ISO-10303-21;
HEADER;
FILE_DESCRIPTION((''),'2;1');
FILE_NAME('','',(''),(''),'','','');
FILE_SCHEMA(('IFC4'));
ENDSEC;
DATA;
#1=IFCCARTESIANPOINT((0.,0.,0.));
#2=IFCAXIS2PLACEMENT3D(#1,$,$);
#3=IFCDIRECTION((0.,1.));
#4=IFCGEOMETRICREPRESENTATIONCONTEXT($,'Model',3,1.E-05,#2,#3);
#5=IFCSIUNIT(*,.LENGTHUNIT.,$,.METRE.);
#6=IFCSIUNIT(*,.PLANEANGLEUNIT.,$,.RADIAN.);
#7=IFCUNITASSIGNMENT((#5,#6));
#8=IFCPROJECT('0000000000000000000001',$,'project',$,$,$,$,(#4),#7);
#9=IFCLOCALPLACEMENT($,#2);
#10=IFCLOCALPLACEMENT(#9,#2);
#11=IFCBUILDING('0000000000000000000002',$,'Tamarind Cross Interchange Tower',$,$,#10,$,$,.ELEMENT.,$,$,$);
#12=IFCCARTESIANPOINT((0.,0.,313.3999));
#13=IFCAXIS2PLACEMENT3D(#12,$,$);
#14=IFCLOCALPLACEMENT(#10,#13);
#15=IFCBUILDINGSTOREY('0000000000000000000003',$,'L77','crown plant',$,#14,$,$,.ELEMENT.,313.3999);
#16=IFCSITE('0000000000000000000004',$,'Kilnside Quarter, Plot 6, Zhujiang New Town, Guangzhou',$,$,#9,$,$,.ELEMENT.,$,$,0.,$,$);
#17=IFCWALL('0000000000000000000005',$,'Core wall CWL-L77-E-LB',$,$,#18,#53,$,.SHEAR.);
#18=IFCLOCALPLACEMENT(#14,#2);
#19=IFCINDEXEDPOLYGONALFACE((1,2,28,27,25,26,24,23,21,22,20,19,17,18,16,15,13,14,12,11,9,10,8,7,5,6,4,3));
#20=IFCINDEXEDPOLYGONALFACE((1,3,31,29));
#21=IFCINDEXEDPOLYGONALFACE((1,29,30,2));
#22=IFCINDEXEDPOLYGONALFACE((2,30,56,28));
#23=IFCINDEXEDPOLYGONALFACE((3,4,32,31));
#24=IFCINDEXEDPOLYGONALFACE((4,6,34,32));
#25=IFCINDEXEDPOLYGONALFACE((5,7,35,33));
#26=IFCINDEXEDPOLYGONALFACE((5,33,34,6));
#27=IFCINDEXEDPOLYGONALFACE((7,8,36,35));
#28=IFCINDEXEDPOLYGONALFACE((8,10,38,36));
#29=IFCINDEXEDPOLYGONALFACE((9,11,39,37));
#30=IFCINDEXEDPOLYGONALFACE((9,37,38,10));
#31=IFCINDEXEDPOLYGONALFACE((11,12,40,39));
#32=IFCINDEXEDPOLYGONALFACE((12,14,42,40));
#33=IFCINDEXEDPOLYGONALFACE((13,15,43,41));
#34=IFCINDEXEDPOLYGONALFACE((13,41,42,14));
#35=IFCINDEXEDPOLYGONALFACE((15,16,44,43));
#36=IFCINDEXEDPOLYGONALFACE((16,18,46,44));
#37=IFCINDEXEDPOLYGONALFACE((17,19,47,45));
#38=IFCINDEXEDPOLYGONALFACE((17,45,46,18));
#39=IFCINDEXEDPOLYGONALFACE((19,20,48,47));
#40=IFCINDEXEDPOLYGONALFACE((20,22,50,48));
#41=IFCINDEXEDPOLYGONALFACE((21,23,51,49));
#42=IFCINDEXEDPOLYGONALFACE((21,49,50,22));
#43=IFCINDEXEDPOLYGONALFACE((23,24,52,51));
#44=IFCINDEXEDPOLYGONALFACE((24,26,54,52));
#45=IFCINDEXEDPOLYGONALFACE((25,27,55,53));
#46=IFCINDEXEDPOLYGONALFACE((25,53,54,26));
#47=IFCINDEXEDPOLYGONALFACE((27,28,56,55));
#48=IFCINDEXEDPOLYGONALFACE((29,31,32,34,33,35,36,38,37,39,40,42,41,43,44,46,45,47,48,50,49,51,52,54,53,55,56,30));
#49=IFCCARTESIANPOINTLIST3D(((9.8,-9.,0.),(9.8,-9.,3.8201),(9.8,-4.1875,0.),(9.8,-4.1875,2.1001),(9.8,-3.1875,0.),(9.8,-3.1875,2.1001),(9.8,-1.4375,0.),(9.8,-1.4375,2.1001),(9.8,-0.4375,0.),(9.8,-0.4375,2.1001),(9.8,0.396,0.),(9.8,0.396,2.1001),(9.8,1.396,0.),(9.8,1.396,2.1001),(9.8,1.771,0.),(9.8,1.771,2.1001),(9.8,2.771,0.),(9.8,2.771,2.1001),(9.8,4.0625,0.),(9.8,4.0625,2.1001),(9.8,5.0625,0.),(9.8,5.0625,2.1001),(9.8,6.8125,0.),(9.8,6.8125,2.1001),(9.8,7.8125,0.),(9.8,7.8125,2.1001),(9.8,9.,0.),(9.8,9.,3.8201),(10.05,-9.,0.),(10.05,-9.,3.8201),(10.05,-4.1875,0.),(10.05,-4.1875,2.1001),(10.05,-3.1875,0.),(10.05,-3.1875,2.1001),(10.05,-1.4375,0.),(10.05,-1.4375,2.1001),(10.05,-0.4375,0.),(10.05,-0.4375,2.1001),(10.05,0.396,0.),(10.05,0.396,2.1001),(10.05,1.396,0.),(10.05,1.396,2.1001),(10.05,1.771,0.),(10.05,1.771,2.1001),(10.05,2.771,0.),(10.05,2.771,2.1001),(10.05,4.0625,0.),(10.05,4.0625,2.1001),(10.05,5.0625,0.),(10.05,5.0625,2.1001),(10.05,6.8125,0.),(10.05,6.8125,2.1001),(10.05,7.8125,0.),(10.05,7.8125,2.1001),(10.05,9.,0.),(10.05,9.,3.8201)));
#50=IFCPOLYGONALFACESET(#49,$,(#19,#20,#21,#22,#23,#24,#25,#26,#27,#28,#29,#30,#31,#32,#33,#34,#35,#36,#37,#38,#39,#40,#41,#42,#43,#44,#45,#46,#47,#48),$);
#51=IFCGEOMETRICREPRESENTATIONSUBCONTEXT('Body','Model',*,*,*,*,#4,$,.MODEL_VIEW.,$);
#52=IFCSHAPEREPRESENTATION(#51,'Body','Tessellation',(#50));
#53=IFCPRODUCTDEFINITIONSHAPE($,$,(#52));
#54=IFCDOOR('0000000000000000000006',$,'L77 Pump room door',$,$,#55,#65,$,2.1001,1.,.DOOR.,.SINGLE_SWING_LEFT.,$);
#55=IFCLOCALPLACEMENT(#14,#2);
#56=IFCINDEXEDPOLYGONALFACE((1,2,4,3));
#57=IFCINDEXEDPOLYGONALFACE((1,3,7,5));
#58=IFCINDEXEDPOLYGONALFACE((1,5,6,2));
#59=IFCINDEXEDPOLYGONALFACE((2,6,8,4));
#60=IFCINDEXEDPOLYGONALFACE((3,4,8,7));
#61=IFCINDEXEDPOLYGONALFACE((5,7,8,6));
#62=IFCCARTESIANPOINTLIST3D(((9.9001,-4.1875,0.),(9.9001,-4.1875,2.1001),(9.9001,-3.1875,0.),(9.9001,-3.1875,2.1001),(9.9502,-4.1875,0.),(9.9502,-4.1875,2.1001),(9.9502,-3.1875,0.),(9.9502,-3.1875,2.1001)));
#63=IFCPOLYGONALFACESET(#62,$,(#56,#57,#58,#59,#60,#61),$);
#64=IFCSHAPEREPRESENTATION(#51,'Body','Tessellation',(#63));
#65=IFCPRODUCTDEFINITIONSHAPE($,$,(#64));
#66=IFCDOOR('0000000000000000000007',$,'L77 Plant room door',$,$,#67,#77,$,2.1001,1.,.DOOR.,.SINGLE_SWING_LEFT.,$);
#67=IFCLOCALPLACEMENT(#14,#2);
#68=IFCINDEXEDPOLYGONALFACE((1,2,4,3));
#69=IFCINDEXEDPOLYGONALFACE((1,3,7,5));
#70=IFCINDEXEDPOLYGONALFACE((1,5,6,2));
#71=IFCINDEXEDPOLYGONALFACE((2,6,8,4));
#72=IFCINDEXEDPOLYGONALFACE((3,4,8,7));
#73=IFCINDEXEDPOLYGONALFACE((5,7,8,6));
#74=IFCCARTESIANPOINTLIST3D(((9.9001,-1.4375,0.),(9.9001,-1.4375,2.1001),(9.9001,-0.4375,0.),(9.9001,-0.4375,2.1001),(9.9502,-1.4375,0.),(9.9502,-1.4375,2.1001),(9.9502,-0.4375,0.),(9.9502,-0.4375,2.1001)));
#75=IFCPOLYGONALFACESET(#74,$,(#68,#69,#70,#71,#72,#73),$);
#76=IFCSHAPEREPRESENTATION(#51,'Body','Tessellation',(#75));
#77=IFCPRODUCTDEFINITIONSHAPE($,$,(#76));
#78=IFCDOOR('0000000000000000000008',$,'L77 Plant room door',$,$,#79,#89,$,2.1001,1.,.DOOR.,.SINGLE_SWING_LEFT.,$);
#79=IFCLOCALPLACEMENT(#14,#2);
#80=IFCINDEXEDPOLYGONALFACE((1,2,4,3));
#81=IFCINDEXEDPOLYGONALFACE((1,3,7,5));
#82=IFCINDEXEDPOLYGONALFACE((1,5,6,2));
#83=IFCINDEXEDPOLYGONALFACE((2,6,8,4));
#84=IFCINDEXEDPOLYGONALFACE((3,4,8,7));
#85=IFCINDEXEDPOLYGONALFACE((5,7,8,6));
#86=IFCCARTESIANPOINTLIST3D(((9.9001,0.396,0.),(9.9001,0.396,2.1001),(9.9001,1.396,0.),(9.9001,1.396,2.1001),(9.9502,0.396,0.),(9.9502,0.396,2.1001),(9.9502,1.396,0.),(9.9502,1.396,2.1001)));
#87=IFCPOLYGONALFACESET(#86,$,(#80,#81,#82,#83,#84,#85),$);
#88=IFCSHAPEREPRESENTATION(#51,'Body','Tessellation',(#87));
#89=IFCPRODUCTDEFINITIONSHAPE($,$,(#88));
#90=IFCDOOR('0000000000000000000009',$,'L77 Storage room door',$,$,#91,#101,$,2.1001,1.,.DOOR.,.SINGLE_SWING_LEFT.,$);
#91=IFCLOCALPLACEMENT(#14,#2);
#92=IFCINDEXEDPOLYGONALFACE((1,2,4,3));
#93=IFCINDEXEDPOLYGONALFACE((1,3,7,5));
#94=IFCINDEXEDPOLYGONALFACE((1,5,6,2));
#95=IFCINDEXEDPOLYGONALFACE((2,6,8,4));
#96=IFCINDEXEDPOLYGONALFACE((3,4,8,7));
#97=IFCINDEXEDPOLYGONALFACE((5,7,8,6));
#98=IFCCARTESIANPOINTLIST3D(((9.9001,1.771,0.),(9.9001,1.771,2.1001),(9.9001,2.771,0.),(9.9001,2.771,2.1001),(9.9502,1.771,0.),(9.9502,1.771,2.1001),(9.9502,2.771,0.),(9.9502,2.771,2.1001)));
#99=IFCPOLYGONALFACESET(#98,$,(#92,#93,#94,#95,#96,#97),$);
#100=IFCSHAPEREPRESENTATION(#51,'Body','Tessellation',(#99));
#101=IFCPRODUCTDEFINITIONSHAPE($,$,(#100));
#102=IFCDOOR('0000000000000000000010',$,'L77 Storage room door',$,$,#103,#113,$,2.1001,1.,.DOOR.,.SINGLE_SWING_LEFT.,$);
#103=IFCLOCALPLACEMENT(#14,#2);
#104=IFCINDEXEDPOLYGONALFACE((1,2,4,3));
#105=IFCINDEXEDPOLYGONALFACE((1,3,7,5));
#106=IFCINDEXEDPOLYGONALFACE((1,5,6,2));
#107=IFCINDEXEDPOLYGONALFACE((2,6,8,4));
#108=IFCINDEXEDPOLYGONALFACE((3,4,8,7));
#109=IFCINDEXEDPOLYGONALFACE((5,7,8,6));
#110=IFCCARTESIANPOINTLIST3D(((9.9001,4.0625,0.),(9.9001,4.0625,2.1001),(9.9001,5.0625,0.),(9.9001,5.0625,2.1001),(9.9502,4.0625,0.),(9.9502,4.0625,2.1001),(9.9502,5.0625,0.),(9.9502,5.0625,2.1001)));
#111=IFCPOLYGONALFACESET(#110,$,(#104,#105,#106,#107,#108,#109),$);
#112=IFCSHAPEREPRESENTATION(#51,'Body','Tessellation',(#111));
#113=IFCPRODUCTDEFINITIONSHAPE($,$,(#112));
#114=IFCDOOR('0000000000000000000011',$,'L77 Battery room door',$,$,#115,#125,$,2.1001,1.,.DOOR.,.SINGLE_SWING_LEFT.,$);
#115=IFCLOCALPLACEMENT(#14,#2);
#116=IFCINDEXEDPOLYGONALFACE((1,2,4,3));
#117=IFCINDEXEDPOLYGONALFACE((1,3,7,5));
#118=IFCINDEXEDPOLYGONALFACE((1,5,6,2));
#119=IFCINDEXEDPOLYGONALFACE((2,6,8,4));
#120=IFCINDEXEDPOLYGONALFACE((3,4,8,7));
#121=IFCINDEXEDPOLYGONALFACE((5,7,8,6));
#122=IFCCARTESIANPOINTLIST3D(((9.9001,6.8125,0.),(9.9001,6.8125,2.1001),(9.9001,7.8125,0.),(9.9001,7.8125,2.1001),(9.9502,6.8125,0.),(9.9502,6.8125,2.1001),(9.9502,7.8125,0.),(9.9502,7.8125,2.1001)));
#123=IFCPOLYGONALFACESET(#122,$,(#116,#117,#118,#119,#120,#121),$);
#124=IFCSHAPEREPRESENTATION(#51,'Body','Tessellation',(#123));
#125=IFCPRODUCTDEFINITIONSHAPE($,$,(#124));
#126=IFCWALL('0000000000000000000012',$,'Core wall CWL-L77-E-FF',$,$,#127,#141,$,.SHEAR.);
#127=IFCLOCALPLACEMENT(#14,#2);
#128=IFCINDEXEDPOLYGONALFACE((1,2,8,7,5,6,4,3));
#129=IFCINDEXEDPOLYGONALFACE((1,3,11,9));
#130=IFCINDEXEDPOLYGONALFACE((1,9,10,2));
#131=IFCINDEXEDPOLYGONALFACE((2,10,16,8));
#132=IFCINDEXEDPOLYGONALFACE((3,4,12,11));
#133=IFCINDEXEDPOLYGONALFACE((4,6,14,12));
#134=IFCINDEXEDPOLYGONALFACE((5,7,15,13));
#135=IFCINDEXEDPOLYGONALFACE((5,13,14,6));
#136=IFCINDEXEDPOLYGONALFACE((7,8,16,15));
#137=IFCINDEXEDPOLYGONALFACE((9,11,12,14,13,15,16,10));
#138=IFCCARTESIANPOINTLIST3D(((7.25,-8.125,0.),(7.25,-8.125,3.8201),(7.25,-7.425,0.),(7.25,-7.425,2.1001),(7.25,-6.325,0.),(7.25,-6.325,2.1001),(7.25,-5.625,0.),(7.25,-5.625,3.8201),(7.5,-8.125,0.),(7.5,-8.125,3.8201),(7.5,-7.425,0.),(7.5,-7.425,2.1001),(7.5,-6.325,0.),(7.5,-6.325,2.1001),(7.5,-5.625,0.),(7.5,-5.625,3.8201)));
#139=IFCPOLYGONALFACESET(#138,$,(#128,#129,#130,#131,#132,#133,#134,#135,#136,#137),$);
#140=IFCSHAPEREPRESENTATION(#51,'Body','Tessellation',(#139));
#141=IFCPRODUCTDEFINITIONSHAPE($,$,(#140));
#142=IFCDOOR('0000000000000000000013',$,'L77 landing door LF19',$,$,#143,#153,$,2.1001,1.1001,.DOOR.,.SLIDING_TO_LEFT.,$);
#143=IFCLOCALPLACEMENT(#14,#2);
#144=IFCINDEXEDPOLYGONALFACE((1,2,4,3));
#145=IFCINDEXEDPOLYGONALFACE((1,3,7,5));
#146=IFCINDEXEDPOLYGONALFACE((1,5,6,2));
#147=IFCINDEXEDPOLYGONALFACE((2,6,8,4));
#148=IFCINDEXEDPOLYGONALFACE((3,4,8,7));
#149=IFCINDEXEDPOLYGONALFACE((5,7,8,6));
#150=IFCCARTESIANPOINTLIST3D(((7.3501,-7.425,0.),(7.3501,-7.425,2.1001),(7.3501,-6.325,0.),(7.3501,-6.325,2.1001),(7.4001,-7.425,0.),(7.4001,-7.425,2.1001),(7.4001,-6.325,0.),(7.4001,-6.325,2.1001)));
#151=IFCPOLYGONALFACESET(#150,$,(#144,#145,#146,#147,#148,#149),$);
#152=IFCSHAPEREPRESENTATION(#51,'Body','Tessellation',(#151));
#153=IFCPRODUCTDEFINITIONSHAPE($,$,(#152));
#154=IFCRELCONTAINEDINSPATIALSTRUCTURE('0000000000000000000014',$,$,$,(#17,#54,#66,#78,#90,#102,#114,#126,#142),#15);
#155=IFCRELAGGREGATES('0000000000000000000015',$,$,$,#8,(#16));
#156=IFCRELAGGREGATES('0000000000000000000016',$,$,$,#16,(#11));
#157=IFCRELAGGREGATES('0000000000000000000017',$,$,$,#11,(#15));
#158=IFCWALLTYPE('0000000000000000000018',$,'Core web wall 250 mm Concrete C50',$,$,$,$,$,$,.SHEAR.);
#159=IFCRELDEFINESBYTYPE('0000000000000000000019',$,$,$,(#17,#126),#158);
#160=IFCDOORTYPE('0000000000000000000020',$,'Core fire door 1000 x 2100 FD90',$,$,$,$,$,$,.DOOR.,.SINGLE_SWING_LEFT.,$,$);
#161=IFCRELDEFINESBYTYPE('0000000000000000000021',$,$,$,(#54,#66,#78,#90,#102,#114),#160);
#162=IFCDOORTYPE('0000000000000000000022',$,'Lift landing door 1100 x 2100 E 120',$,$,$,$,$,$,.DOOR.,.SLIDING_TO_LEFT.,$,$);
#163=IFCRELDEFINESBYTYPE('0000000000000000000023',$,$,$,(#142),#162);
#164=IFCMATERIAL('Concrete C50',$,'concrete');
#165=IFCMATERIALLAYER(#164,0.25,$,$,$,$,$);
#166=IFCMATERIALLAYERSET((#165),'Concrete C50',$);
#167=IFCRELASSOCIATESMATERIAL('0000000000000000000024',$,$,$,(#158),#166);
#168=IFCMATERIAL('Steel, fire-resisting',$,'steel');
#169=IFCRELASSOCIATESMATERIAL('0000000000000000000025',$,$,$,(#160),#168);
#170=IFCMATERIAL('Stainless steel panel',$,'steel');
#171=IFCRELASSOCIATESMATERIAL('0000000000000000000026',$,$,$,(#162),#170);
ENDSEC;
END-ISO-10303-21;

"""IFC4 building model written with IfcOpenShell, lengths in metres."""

from ifc_helpers import new_model, si_unit, direction, frame, frame_2d, origin, place, context, subcontext, project, spatial, rectangle, extrude, material, layer, layer_set, type_object, element, fill, save


model = new_model("IFC4")

# Units and contexts
model_context = context("Model", 3, precision=1e-05, world=origin(), true_north=direction((0.0, 1.0)))
body_context = subcontext(model_context, "Body", "Model", "MODEL_VIEW")
ifc_project = project(units=[si_unit("LENGTHUNIT", "METRE"), si_unit("PLANEANGLEUNIT", "RADIAN")], contexts=[model_context])

# Site, building, storey
site_placement = place(None, origin())
site = spatial("IfcSite", under=ifc_project, at=site_placement, Name="Kilnside Quarter, Plot 6, Zhujiang New Town, Guangzhou", CompositionType="ELEMENT", RefElevation=0.0)
building_placement = place(site_placement, origin())
building = spatial("IfcBuilding", under=site, at=building_placement, Name="Tamarind Cross Interchange Tower", CompositionType="ELEMENT")
storey_placement = place(building_placement, frame((0.0, 0.0, 313.3999)))
storey = spatial("IfcBuildingStorey", under=building, at=storey_placement, Name="L77", Description="crown plant", CompositionType="ELEMENT", Elevation=313.3999)

# Wall, openings, doors
ifc_material_1 = material(Name="Concrete C50", Category="concrete")
ifc_layer_1 = layer(ifc_material_1, 0.25)
ifc_layer_set_1 = layer_set([ifc_layer_1], Name="Concrete C50")
wall_type_1 = type_object("IfcWallType", Name="Core web wall 250 mm Concrete C50", PredefinedType="SHEAR", material=ifc_layer_set_1)
ifc_material_2 = material(Name="Steel, fire-resisting", Category="steel")
door_type_1 = type_object("IfcDoorType", Name="Core fire door 1000 x 2100 FD90", OperationType="SINGLE_SWING_LEFT", PredefinedType="DOOR", material=ifc_material_2)
ifc_material_3 = material(Name="Stainless steel panel", Category="steel")
wall_1_placement = place(storey_placement, frame((9.925, -9.0, 0.0), z_axis=(0.0, 0.0, 1.0), x_axis=(0.0, 1.0, 0.0)))
wall_1 = element("IfcWall", 1, at=wall_1_placement, inside=storey, type_object=wall_type_1, Name="Core wall CWL-L77-E-LB", PredefinedType="SHEAR", context=body_context, shape_type="SweptSolid", body=[
    extrude(rectangle(XDim=18.0, YDim=0.25, at=frame_2d((9.0, 0.0))), origin(), (0.0, 0.0, 1.0), 3.8201),
])
opening_1_placement = place(wall_1_placement, frame((4.8125, 0.0, 0.0)))
opening_1 = element("IfcOpeningElement", 2, at=opening_1_placement, cuts=wall_1, PredefinedType="OPENING", context=body_context, shape_type="SweptSolid", body=[
    extrude(rectangle(XDim=1.0, YDim=2.1001, at=frame_2d((0.5, 1.05))), frame((0.0, 0.135, 0.0), z_axis=(0.0, -1.0, 0.0), x_axis=(1.0, 0.0, 0.0)), (0.0, 0.0, 1.0), 0.27),
])
opening_2_placement = place(wall_1_placement, frame((7.5625, 0.0, 0.0)))
opening_2 = element("IfcOpeningElement", 3, at=opening_2_placement, cuts=wall_1, PredefinedType="OPENING", context=body_context, shape_type="SweptSolid", body=[
    extrude(rectangle(XDim=1.0, YDim=2.1001, at=frame_2d((0.5, 1.05))), frame((0.0, 0.135, 0.0), z_axis=(0.0, -1.0, 0.0), x_axis=(1.0, 0.0, 0.0)), (0.0, 0.0, 1.0), 0.27),
])
opening_3_placement = place(wall_1_placement, frame((9.396, 0.0, 0.0)))
opening_3 = element("IfcOpeningElement", 4, at=opening_3_placement, cuts=wall_1, PredefinedType="OPENING", context=body_context, shape_type="SweptSolid", body=[
    extrude(rectangle(XDim=1.0, YDim=2.1001, at=frame_2d((0.5, 1.05))), frame((0.0, 0.135, 0.0), z_axis=(0.0, -1.0, 0.0), x_axis=(1.0, 0.0, 0.0)), (0.0, 0.0, 1.0), 0.27),
])
opening_4_placement = place(wall_1_placement, frame((10.771, 0.0, 0.0)))
opening_4 = element("IfcOpeningElement", 5, at=opening_4_placement, cuts=wall_1, PredefinedType="OPENING", context=body_context, shape_type="SweptSolid", body=[
    extrude(rectangle(XDim=1.0, YDim=2.1001, at=frame_2d((0.5, 1.05))), frame((0.0, 0.135, 0.0), z_axis=(0.0, -1.0, 0.0), x_axis=(1.0, 0.0, 0.0)), (0.0, 0.0, 1.0), 0.27),
])
opening_5_placement = place(wall_1_placement, frame((13.0625, 0.0, 0.0)))
opening_5 = element("IfcOpeningElement", 6, at=opening_5_placement, cuts=wall_1, PredefinedType="OPENING", context=body_context, shape_type="SweptSolid", body=[
    extrude(rectangle(XDim=1.0, YDim=2.1001, at=frame_2d((0.5, 1.05))), frame((0.0, 0.135, 0.0), z_axis=(0.0, -1.0, 0.0), x_axis=(1.0, 0.0, 0.0)), (0.0, 0.0, 1.0), 0.27),
])
opening_6_placement = place(wall_1_placement, frame((15.8125, 0.0, 0.0)))
opening_6 = element("IfcOpeningElement", 7, at=opening_6_placement, cuts=wall_1, PredefinedType="OPENING", context=body_context, shape_type="SweptSolid", body=[
    extrude(rectangle(XDim=1.0, YDim=2.1001, at=frame_2d((0.5, 1.05))), frame((0.0, 0.135, 0.0), z_axis=(0.0, -1.0, 0.0), x_axis=(1.0, 0.0, 0.0)), (0.0, 0.0, 1.0), 0.27),
])
door_1_placement = place(opening_1_placement, origin())
door_1 = element("IfcDoor", 8, at=door_1_placement, inside=storey, type_object=door_type_1, Name="L77 Pump room door", OperationType="SINGLE_SWING_LEFT", OverallHeight=2.1001, OverallWidth=1.0, PredefinedType="DOOR", context=body_context, shape_type="SweptSolid", body=[
    extrude(rectangle(XDim=1.0, YDim=2.1001, at=frame_2d((0.5, 1.05))), frame((0.0, 0.0249, 0.0), z_axis=(0.0, -1.0, 0.0), x_axis=(1.0, 0.0, 0.0)), (0.0, 0.0, 1.0), 0.05),
])
fill(opening_1, door_1)
door_2_placement = place(opening_2_placement, origin())
door_2 = element("IfcDoor", 9, at=door_2_placement, inside=storey, type_object=door_type_1, Name="L77 Plant room door", OperationType="SINGLE_SWING_LEFT", OverallHeight=2.1001, OverallWidth=1.0, PredefinedType="DOOR", context=body_context, shape_type="SweptSolid", body=[
    extrude(rectangle(XDim=1.0, YDim=2.1001, at=frame_2d((0.5, 1.05))), frame((0.0, 0.0249, 0.0), z_axis=(0.0, -1.0, 0.0), x_axis=(1.0, 0.0, 0.0)), (0.0, 0.0, 1.0), 0.05),
])
fill(opening_2, door_2)
door_3_placement = place(opening_3_placement, origin())
door_3 = element("IfcDoor", 10, at=door_3_placement, inside=storey, type_object=door_type_1, Name="L77 Plant room door", OperationType="SINGLE_SWING_LEFT", OverallHeight=2.1001, OverallWidth=1.0, PredefinedType="DOOR", context=body_context, shape_type="SweptSolid", body=[
    extrude(rectangle(XDim=1.0, YDim=2.1001, at=frame_2d((0.5, 1.05))), frame((0.0, 0.0249, 0.0), z_axis=(0.0, -1.0, 0.0), x_axis=(1.0, 0.0, 0.0)), (0.0, 0.0, 1.0), 0.05),
])
fill(opening_3, door_3)
door_4_placement = place(opening_4_placement, origin())
door_4 = element("IfcDoor", 11, at=door_4_placement, inside=storey, type_object=door_type_1, Name="L77 Storage room door", OperationType="SINGLE_SWING_LEFT", OverallHeight=2.1001, OverallWidth=1.0, PredefinedType="DOOR", context=body_context, shape_type="SweptSolid", body=[
    extrude(rectangle(XDim=1.0, YDim=2.1001, at=frame_2d((0.5, 1.05))), frame((0.0, 0.0249, 0.0), z_axis=(0.0, -1.0, 0.0), x_axis=(1.0, 0.0, 0.0)), (0.0, 0.0, 1.0), 0.05),
])
fill(opening_4, door_4)
door_5_placement = place(opening_5_placement, origin())
door_5 = element("IfcDoor", 12, at=door_5_placement, inside=storey, type_object=door_type_1, Name="L77 Storage room door", OperationType="SINGLE_SWING_LEFT", OverallHeight=2.1001, OverallWidth=1.0, PredefinedType="DOOR", context=body_context, shape_type="SweptSolid", body=[
    extrude(rectangle(XDim=1.0, YDim=2.1001, at=frame_2d((0.5, 1.05))), frame((0.0, 0.0249, 0.0), z_axis=(0.0, -1.0, 0.0), x_axis=(1.0, 0.0, 0.0)), (0.0, 0.0, 1.0), 0.05),
])
fill(opening_5, door_5)
door_6_placement = place(opening_6_placement, origin())
door_6 = element("IfcDoor", 13, at=door_6_placement, inside=storey, type_object=door_type_1, Name="L77 Battery room door", OperationType="SINGLE_SWING_LEFT", OverallHeight=2.1001, OverallWidth=1.0, PredefinedType="DOOR", context=body_context, shape_type="SweptSolid", body=[
    extrude(rectangle(XDim=1.0, YDim=2.1001, at=frame_2d((0.5, 1.05))), frame((0.0, 0.0249, 0.0), z_axis=(0.0, -1.0, 0.0), x_axis=(1.0, 0.0, 0.0)), (0.0, 0.0, 1.0), 0.05),
])
fill(opening_6, door_6)

# Wall, opening, door
wall_2_placement = place(storey_placement, frame((7.375, -8.125, 0.0), z_axis=(0.0, 0.0, 1.0), x_axis=(0.0, 1.0, 0.0)))
wall_2 = element("IfcWall", 14, at=wall_2_placement, inside=storey, type_object=wall_type_1, Name="Core wall CWL-L77-E-FF", PredefinedType="SHEAR", context=body_context, shape_type="SweptSolid", body=[
    extrude(rectangle(XDim=2.5, YDim=0.25, at=frame_2d((1.25, 0.0))), origin(), (0.0, 0.0, 1.0), 3.8201),
])
opening_7_placement = place(wall_2_placement, frame((0.7, 0.0, 0.0)))
opening_7 = element("IfcOpeningElement", 15, at=opening_7_placement, cuts=wall_2, PredefinedType="OPENING", context=body_context, shape_type="SweptSolid", body=[
    extrude(rectangle(XDim=1.1001, YDim=2.1001, at=frame_2d((0.55, 1.05))), frame((0.0, 0.135, 0.0), z_axis=(0.0, -1.0, 0.0), x_axis=(1.0, 0.0, 0.0)), (0.0, 0.0, 1.0), 0.27),
])
door_type_2 = type_object("IfcDoorType", Name="Lift landing door 1100 x 2100 E 120", OperationType="SLIDING_TO_LEFT", PredefinedType="DOOR", material=ifc_material_3)
door_7_placement = place(opening_7_placement, origin())
door_7 = element("IfcDoor", 16, at=door_7_placement, inside=storey, type_object=door_type_2, Name="L77 landing door LF19", OperationType="SLIDING_TO_LEFT", OverallHeight=2.1001, OverallWidth=1.1001, PredefinedType="DOOR", context=body_context, shape_type="SweptSolid", body=[
    extrude(rectangle(XDim=1.1001, YDim=2.1001, at=frame_2d((0.55, 1.05))), frame((0.0, 0.0249, 0.0), z_axis=(0.0, -1.0, 0.0), x_axis=(1.0, 0.0, 0.0)), (0.0, 0.0, 1.0), 0.05),
])
fill(opening_7, door_7)

save(model, "model.ifc")
